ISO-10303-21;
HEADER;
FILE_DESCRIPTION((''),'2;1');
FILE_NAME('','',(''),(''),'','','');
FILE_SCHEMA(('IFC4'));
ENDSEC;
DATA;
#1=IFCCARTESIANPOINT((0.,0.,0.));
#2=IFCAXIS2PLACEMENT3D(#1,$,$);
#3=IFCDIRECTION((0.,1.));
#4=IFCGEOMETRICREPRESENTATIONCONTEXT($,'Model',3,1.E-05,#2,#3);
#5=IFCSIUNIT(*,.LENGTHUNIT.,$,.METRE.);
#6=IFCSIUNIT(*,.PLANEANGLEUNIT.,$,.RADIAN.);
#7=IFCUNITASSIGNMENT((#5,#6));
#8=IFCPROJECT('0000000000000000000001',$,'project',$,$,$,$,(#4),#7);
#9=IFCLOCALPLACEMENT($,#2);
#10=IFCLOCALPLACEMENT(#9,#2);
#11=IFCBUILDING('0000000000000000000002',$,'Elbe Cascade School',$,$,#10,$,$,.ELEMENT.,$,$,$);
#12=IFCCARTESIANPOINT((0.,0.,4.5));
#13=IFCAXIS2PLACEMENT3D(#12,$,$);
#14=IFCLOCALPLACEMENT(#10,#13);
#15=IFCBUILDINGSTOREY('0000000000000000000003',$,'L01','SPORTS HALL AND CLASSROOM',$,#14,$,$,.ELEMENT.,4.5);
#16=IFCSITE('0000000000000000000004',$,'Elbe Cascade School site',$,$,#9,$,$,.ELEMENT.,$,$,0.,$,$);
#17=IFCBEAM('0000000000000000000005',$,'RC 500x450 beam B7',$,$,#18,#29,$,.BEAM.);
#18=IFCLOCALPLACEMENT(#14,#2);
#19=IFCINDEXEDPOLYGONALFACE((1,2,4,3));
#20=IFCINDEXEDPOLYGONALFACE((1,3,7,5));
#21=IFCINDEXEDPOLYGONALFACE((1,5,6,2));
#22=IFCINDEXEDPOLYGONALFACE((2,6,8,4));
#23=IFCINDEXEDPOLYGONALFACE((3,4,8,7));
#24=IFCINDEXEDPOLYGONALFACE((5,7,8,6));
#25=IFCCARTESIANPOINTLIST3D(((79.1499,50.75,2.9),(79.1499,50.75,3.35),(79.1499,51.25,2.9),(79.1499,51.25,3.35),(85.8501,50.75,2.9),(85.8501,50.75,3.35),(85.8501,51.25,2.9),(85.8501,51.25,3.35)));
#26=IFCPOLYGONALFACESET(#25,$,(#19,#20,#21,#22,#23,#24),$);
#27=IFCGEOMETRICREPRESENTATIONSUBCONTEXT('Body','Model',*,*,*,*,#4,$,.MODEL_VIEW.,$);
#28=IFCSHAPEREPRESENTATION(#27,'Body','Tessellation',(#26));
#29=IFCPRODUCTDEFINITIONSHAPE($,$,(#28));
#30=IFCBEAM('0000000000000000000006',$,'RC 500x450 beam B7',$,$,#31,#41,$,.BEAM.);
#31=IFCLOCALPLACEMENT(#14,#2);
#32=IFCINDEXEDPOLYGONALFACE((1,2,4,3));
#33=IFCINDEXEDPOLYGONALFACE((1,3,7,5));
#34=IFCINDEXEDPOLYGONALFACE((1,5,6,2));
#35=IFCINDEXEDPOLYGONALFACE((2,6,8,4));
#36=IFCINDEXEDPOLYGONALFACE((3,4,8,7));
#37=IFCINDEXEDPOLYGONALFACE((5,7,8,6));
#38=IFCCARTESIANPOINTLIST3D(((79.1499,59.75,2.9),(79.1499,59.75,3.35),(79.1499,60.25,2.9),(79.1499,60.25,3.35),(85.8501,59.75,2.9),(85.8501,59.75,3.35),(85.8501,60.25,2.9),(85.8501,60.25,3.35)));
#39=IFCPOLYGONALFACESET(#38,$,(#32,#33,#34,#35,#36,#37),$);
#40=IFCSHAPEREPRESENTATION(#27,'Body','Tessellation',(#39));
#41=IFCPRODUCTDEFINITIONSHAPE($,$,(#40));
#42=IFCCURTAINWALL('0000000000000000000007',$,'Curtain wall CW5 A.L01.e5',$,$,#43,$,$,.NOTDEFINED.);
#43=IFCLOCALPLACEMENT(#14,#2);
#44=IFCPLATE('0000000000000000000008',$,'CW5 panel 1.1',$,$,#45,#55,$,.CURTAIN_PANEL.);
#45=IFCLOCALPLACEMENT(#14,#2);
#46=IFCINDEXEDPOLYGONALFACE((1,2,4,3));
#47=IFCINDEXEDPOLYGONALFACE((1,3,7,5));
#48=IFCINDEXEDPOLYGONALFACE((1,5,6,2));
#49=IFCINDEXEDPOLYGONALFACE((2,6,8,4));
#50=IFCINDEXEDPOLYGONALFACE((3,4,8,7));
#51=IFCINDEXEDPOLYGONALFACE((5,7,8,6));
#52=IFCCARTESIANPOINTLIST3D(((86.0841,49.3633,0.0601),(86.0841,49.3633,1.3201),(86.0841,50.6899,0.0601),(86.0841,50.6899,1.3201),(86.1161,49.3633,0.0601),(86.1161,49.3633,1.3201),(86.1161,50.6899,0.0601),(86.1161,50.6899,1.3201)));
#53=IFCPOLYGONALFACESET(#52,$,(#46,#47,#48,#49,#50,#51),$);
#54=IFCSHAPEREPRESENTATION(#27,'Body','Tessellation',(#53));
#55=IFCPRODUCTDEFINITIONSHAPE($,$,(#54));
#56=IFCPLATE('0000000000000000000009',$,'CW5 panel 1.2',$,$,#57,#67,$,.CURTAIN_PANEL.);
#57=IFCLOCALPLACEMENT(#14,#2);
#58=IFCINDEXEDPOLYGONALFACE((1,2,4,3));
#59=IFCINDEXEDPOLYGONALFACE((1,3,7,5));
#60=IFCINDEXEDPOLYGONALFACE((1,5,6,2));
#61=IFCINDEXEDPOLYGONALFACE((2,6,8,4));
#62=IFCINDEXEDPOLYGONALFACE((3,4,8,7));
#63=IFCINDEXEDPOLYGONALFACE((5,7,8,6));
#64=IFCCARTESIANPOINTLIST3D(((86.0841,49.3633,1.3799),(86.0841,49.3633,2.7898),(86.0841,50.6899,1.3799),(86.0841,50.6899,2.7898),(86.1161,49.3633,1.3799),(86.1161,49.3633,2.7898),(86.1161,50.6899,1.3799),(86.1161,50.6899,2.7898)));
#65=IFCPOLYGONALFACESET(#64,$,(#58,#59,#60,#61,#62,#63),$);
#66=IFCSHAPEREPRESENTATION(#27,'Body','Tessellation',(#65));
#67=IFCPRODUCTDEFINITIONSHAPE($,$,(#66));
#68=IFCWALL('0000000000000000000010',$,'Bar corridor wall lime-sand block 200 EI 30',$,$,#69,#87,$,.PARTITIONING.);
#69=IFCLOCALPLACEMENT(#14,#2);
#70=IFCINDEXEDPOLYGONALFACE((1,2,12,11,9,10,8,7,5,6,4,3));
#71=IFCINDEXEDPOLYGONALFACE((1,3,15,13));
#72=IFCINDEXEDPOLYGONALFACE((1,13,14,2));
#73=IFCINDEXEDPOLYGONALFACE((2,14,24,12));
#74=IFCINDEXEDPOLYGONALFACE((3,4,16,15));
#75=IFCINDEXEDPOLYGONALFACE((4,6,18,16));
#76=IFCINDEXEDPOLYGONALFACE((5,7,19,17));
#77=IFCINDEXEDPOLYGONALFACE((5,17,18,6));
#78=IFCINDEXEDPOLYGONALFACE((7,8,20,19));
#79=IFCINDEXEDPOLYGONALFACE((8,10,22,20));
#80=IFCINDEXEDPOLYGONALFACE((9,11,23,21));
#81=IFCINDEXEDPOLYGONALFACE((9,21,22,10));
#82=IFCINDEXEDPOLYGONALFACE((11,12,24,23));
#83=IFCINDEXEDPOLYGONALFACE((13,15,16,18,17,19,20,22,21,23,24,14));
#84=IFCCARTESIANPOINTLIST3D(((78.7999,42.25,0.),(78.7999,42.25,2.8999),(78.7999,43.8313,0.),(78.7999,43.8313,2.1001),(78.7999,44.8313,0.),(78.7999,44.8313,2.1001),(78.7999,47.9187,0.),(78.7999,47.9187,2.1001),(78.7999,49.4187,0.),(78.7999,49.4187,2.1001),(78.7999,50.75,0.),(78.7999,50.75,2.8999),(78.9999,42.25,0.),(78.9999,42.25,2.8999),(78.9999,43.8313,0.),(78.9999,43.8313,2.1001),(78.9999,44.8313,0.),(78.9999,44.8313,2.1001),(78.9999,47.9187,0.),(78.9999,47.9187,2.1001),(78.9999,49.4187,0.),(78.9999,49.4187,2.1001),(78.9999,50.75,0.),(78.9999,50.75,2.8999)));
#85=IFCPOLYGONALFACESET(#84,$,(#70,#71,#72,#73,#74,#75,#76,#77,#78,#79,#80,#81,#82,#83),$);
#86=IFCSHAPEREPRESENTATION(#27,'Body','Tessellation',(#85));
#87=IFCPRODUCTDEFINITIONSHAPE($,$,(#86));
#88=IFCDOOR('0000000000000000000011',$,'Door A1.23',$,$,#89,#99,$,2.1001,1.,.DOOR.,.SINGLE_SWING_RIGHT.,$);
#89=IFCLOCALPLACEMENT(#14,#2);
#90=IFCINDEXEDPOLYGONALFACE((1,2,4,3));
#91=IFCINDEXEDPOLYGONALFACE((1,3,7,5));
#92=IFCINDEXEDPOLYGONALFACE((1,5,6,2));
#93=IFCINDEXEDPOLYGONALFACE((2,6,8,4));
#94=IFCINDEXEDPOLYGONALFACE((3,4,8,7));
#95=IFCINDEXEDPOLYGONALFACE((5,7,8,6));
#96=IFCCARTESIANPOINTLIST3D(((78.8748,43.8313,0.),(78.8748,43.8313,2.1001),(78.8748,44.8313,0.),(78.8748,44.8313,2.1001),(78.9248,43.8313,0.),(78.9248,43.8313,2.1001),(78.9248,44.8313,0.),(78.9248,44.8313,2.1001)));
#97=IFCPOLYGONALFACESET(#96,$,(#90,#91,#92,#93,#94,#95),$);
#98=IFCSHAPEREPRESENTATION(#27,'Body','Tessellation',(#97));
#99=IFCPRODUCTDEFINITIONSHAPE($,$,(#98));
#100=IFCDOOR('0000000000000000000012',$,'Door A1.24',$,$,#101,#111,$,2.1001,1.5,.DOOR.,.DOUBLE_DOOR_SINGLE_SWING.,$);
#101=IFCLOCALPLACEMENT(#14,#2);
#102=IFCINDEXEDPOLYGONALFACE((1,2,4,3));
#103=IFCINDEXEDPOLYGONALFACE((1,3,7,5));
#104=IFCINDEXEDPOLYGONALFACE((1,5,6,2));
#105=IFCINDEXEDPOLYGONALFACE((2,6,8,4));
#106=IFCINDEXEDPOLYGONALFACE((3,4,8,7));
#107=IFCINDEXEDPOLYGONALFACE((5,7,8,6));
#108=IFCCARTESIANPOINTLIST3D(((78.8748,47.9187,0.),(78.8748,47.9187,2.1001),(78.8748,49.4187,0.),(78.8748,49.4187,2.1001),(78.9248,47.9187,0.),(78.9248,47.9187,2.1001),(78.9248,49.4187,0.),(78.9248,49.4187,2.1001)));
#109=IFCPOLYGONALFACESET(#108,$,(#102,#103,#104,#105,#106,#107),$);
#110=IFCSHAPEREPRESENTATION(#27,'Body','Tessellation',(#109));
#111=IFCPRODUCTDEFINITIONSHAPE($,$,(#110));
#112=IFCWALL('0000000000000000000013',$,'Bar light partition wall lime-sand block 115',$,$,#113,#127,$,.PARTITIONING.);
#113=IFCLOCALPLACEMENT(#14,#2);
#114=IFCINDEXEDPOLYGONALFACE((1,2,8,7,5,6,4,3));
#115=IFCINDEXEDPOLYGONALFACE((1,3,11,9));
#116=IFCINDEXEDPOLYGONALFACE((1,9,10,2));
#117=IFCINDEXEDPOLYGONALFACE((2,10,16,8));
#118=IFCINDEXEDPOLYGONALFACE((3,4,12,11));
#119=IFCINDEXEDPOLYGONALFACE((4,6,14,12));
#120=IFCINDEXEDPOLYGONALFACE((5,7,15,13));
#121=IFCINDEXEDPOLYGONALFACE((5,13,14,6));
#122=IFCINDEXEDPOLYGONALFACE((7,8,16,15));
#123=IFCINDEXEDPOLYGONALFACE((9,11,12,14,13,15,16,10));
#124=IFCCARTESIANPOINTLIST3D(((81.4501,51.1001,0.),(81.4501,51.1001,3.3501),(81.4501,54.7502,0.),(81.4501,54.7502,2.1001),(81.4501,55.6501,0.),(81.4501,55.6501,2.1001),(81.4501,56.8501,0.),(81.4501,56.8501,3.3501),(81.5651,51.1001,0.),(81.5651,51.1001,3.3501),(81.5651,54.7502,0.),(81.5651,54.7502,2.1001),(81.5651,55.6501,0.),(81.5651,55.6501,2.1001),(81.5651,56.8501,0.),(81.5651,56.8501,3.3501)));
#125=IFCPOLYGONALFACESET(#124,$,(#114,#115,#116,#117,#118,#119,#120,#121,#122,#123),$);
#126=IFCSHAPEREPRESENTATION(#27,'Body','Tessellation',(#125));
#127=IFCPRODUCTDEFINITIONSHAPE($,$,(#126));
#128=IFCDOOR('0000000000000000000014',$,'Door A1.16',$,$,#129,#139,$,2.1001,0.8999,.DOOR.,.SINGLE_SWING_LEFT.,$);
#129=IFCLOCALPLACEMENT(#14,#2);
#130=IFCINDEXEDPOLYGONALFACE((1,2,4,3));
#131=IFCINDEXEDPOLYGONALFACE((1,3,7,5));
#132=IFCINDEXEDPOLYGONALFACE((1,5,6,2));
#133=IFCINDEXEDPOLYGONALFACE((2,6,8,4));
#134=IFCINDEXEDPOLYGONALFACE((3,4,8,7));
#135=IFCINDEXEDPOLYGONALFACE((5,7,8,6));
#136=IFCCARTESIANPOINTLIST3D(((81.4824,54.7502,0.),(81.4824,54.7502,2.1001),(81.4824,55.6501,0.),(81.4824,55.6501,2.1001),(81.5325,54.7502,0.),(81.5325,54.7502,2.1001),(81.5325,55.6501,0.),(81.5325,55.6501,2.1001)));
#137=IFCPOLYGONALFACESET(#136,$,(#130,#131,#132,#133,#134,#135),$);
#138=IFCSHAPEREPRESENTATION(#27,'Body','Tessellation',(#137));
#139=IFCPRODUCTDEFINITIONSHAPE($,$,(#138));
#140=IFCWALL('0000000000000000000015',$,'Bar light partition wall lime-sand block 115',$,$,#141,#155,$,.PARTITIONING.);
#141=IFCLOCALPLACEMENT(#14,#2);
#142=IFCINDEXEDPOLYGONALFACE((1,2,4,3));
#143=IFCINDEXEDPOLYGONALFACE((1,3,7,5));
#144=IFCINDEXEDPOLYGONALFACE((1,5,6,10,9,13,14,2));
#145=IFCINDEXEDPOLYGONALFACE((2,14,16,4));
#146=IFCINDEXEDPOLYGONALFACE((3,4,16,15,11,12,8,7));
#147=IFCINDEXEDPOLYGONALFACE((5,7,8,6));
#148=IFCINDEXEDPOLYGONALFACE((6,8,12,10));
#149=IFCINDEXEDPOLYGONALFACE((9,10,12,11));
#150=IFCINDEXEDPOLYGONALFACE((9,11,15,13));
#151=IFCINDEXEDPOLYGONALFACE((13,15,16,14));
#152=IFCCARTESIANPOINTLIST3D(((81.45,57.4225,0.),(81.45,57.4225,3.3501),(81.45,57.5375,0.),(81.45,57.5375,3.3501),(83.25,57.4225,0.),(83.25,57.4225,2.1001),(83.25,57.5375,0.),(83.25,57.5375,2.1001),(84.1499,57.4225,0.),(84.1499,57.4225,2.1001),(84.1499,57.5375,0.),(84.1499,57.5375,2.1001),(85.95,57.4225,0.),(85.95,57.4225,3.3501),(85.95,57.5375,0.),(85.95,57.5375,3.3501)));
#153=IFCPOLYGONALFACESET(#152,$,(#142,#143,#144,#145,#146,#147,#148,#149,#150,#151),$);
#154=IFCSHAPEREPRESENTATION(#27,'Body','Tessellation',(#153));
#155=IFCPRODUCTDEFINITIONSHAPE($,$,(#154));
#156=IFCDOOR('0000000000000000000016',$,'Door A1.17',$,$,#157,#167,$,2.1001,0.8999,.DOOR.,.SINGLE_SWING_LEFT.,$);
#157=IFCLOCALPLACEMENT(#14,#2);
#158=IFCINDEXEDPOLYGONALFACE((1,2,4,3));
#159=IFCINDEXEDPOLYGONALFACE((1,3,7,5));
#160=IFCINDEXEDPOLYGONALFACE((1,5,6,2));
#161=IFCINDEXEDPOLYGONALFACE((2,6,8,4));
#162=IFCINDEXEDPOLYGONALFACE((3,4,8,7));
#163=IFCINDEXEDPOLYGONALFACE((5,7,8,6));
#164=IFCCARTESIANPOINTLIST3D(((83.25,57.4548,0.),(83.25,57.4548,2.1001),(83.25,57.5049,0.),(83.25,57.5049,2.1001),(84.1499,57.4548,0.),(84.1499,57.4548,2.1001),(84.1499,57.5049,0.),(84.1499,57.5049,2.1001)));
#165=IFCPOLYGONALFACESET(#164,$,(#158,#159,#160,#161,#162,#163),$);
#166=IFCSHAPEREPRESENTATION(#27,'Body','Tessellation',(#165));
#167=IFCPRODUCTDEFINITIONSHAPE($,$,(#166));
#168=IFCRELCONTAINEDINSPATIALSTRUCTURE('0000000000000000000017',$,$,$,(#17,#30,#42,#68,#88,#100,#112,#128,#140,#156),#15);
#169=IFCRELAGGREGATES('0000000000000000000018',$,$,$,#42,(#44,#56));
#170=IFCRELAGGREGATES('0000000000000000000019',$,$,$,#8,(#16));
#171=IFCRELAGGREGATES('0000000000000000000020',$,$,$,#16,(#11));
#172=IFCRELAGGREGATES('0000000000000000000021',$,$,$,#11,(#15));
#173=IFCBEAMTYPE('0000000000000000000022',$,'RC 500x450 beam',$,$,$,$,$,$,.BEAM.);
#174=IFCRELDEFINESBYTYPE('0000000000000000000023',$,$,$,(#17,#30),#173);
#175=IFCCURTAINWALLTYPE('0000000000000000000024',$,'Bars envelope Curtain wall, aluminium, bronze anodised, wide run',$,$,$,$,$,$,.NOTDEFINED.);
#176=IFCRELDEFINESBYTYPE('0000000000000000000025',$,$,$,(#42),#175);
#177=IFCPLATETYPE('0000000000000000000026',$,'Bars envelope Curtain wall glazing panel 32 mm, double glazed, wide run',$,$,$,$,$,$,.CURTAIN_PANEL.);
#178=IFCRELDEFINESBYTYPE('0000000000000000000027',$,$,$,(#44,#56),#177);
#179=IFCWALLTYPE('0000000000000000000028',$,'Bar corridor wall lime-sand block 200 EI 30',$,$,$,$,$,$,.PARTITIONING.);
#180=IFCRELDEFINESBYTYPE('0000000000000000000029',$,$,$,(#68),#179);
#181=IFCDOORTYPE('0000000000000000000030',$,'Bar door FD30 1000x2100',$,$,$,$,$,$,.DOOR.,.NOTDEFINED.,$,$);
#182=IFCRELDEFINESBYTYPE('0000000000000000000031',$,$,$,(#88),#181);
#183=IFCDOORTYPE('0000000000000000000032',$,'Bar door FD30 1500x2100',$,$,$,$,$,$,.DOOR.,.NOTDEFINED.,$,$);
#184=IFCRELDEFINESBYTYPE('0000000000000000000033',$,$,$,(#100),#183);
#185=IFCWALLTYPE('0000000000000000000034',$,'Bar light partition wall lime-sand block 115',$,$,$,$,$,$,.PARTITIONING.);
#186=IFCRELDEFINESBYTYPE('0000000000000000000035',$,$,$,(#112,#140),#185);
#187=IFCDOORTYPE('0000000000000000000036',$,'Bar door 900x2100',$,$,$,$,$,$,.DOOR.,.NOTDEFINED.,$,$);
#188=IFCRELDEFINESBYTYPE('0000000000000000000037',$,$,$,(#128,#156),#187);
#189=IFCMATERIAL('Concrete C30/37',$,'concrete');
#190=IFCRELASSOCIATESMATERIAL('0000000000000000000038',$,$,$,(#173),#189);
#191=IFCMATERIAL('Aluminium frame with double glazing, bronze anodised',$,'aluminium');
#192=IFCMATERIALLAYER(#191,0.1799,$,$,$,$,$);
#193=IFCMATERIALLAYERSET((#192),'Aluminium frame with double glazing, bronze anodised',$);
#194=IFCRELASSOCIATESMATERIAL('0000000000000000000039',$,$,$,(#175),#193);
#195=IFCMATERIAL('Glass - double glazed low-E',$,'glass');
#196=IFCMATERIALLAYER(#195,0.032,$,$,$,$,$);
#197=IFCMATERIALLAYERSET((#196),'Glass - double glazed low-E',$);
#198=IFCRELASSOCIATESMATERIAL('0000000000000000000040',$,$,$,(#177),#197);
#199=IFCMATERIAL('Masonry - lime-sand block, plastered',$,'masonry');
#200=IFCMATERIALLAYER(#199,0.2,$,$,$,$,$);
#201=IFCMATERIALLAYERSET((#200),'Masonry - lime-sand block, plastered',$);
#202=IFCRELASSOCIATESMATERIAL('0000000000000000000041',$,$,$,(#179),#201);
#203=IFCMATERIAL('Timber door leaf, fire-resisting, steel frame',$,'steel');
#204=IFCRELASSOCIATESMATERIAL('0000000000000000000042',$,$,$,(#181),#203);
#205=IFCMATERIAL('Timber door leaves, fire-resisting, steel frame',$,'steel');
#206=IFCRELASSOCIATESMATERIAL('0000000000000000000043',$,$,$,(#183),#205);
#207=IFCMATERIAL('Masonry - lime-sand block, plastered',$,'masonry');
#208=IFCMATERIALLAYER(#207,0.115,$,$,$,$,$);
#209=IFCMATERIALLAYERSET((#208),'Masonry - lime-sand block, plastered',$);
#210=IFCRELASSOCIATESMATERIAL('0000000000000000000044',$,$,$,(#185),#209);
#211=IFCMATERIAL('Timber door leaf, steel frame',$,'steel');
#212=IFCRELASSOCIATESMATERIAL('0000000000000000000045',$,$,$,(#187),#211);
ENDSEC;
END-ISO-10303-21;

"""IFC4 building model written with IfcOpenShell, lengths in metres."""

from ifc_helpers import new_model, si_unit, direction, frame, frame_2d, origin, origin_2d, place, context, subcontext, project, spatial, rectangle, extrude, material, layer, layer_set, material_profile, profile_set, type_object, element, fill, aggregate, save


model = new_model("IFC4")

# Units and contexts
model_context = context("Model", 3, precision=1e-05, world=origin(), true_north=direction((0.0, 1.0)))
body_context = subcontext(model_context, "Body", "Model", "MODEL_VIEW")
ifc_project = project(units=[si_unit("LENGTHUNIT", "METRE"), si_unit("PLANEANGLEUNIT", "RADIAN")], contexts=[model_context])

# Site, building, storey
site_placement = place(None, origin())
site = spatial("IfcSite", under=ifc_project, at=site_placement, Name="Elbe Cascade School site", CompositionType="ELEMENT", RefElevation=0.0)
building_placement = place(site_placement, origin())
building = spatial("IfcBuilding", under=site, at=building_placement, Name="Elbe Cascade School", CompositionType="ELEMENT")
storey_placement = place(building_placement, frame((0.0, 0.0, 4.5)))
storey = spatial("IfcBuildingStorey", under=building, at=storey_placement, Name="L01", Description="SPORTS HALL AND CLASSROOM", CompositionType="ELEMENT", Elevation=4.5)

# Beams
ifc_material_1 = material(Name="Concrete C30/37", Category="concrete")
ifc_material_profile = material_profile(ifc_material_1, rectangle(XDim=0.5, YDim=0.45, at=origin_2d()), Name="RC 500x450")
ifc_profile_set = profile_set([ifc_material_profile], Name="Concrete C30/37")
beam_type = type_object("IfcBeamType", Name="RC 500x450 beam", PredefinedType="BEAM", material=ifc_profile_set)
for number, where, z_axis, x_axis, name in (
    (1, (79.1499, 51.0, 3.125), (1.0, 0.0, 0.0), (0.0, 1.0, 0.0), "RC 500x450 beam B7"),
    (2, (79.1499, 60.0, 3.125), (1.0, 0.0, 0.0), (0.0, 1.0, 0.0), "RC 500x450 beam B7"),
):
    element("IfcBeam", number, at=place(storey_placement, frame(where, z_axis=z_axis, x_axis=x_axis)), inside=storey, type_object=beam_type, Name=name, PredefinedType="BEAM", context=body_context, shape_type="SweptSolid", body=[
        extrude(rectangle(XDim=0.5, YDim=0.45, at=origin_2d()), origin(), (0.0, 0.0, 1.0), 6.7002),
    ])

# Curtain wall, plates
ifc_material_2 = material(Name="Aluminium frame with double glazing, bronze anodised", Category="aluminium")
ifc_layer_1 = layer(ifc_material_2, 0.1799)
ifc_layer_set_1 = layer_set([ifc_layer_1], Name="Aluminium frame with double glazing, bronze anodised")
curtain_wall_type = type_object("IfcCurtainWallType", Name="Bars envelope Curtain wall, aluminium, bronze anodised, wide run", PredefinedType="NOTDEFINED", material=ifc_layer_set_1)
curtain_wall_placement = place(storey_placement, origin())
curtain_wall = element("IfcCurtainWall", 3, at=curtain_wall_placement, inside=storey, type_object=curtain_wall_type, Name="Curtain wall CW5 A.L01.e5", PredefinedType="NOTDEFINED")
ifc_material_3 = material(Name="Glass - double glazed low-E", Category="glass")
ifc_layer_2 = layer(ifc_material_3, 0.032)
ifc_layer_set_2 = layer_set([ifc_layer_2], Name="Glass - double glazed low-E")
plate_type = type_object("IfcPlateType", Name="Bars envelope Curtain wall glazing panel 32 mm, double glazed, wide run", PredefinedType="CURTAIN_PANEL", material=ifc_layer_set_2)
plate_1_placement = place(storey_placement, frame((86.1001, 50.0266, 0.0601), z_axis=(0.0, 0.0, 1.0), x_axis=(0.0, -1.0, 0.0)))
plate_1 = element("IfcPlate", 4, at=plate_1_placement, type_object=plate_type, Name="CW5 panel 1.1", PredefinedType="CURTAIN_PANEL", context=body_context, shape_type="SweptSolid", body=[
    extrude(rectangle(XDim=1.3267, YDim=0.032, at=origin_2d()), origin(), (0.0, 0.0, 1.0), 1.26),
])
plate_2_placement = place(storey_placement, frame((86.1001, 50.0266, 1.3799), z_axis=(0.0, 0.0, 1.0), x_axis=(0.0, -1.0, 0.0)))
plate_2 = element("IfcPlate", 5, at=plate_2_placement, type_object=plate_type, Name="CW5 panel 1.2", PredefinedType="CURTAIN_PANEL", context=body_context, shape_type="SweptSolid", body=[
    extrude(rectangle(XDim=1.3267, YDim=0.032, at=origin_2d()), origin(), (0.0, 0.0, 1.0), 1.4099),
])
aggregate(curtain_wall, [plate_1, plate_2])

# Wall, openings, doors
ifc_material_4 = material(Name="Masonry - lime-sand block, plastered", Category="masonry")
ifc_layer_3 = layer(ifc_material_4, 0.2)
ifc_layer_set_3 = layer_set([ifc_layer_3], Name="Masonry - lime-sand block, plastered")
wall_type_1 = type_object("IfcWallType", Name="Bar corridor wall lime-sand block 200 EI 30", PredefinedType="PARTITIONING", material=ifc_layer_set_3)
wall_1_placement = place(storey_placement, frame((78.8999, 50.75, 0.0), z_axis=(0.0, 0.0, 1.0), x_axis=(0.0, -1.0, 0.0)))
wall_1 = element("IfcWall", 6, at=wall_1_placement, inside=storey, type_object=wall_type_1, Name="Bar corridor wall lime-sand block 200 EI 30", PredefinedType="PARTITIONING", context=body_context, shape_type="SweptSolid", body=[
    extrude(rectangle(XDim=8.5, YDim=0.2, at=frame_2d((4.25, 0.0))), origin(), (0.0, 0.0, 1.0), 2.8999),
])
opening_1_placement = place(wall_1_placement, frame((5.9187, 0.0, 0.0)))
opening_1 = element("IfcOpeningElement", 7, at=opening_1_placement, cuts=wall_1, PredefinedType="OPENING", context=body_context, shape_type="SweptSolid", body=[
    extrude(rectangle(XDim=1.0, YDim=2.1001, at=frame_2d((0.5, 1.05))), frame((0.0, 0.1099, 0.0), z_axis=(0.0, -1.0, 0.0), x_axis=(1.0, 0.0, 0.0)), (0.0, 0.0, 1.0), 0.22),
])
opening_2_placement = place(wall_1_placement, frame((1.3313, 0.0, 0.0)))
opening_2 = element("IfcOpeningElement", 8, at=opening_2_placement, cuts=wall_1, PredefinedType="OPENING", context=body_context, shape_type="SweptSolid", body=[
    extrude(rectangle(XDim=1.5, YDim=2.1001, at=frame_2d((0.75, 1.05))), frame((0.0, 0.1099, 0.0), z_axis=(0.0, -1.0, 0.0), x_axis=(1.0, 0.0, 0.0)), (0.0, 0.0, 1.0), 0.22),
])
ifc_material_5 = material(Name="Timber door leaf, fire-resisting, steel frame", Category="steel")
door_type_1 = type_object("IfcDoorType", Name="Bar door FD30 1000x2100", OperationType="NOTDEFINED", PredefinedType="DOOR", material=ifc_material_5)
door_1_placement = place(opening_1_placement, origin())
door_1 = element("IfcDoor", 9, at=door_1_placement, inside=storey, type_object=door_type_1, Name="Door A1.23", OperationType="SINGLE_SWING_RIGHT", OverallHeight=2.1001, OverallWidth=1.0, PredefinedType="DOOR", context=body_context, shape_type="SweptSolid", body=[
    extrude(rectangle(XDim=1.0, YDim=2.1001, at=frame_2d((0.5, 1.05))), frame((0.0, 0.0249, 0.0), z_axis=(0.0, -1.0, 0.0), x_axis=(1.0, 0.0, 0.0)), (0.0, 0.0, 1.0), 0.05),
])
fill(opening_1, door_1)
ifc_material_6 = material(Name="Timber door leaves, fire-resisting, steel frame", Category="steel")
door_type_2 = type_object("IfcDoorType", Name="Bar door FD30 1500x2100", OperationType="NOTDEFINED", PredefinedType="DOOR", material=ifc_material_6)
door_2_placement = place(opening_2_placement, origin())
door_2 = element("IfcDoor", 10, at=door_2_placement, inside=storey, type_object=door_type_2, Name="Door A1.24", OperationType="DOUBLE_DOOR_SINGLE_SWING", OverallHeight=2.1001, OverallWidth=1.5, PredefinedType="DOOR", context=body_context, shape_type="SweptSolid", body=[
    extrude(rectangle(XDim=1.5, YDim=2.1001, at=frame_2d((0.75, 1.05))), frame((0.0, 0.0249, 0.0), z_axis=(0.0, -1.0, 0.0), x_axis=(1.0, 0.0, 0.0)), (0.0, 0.0, 1.0), 0.05),
])
fill(opening_2, door_2)

# Walls, openings, doors
ifc_material_7 = material(Name="Masonry - lime-sand block, plastered", Category="masonry")
ifc_layer_4 = layer(ifc_material_7, 0.115)
ifc_layer_set_4 = layer_set([ifc_layer_4], Name="Masonry - lime-sand block, plastered")
wall_type_2 = type_object("IfcWallType", Name="Bar light partition wall lime-sand block 115", PredefinedType="PARTITIONING", material=ifc_layer_set_4)
wall_2_placement = place(storey_placement, frame((81.5076, 56.8501, 0.0), z_axis=(0.0, 0.0, 1.0), x_axis=(0.0, -1.0, 0.0)))
wall_2 = element("IfcWall", 11, at=wall_2_placement, inside=storey, type_object=wall_type_2, Name="Bar light partition wall lime-sand block 115", PredefinedType="PARTITIONING", context=body_context, shape_type="SweptSolid", body=[
    extrude(rectangle(XDim=5.75, YDim=0.115, at=frame_2d((2.875, 0.0))), origin(), (0.0, 0.0, 1.0), 3.3501),
])
opening_3_placement = place(wall_2_placement, frame((1.2, 0.0, 0.0)))
opening_3 = element("IfcOpeningElement", 12, at=opening_3_placement, cuts=wall_2, PredefinedType="OPENING", context=body_context, shape_type="SweptSolid", body=[
    extrude(rectangle(XDim=0.8999, YDim=2.1001, at=frame_2d((0.45, 1.05))), frame((0.0, 0.0674, 0.0), z_axis=(0.0, -1.0, 0.0), x_axis=(1.0, 0.0, 0.0)), (0.0, 0.0, 1.0), 0.135),
])
ifc_material_8 = material(Name="Timber door leaf, steel frame", Category="steel")
door_type_3 = type_object("IfcDoorType", Name="Bar door 900x2100", OperationType="NOTDEFINED", PredefinedType="DOOR", material=ifc_material_8)
door_3_placement = place(opening_3_placement, origin())
door_3 = element("IfcDoor", 13, at=door_3_placement, inside=storey, type_object=door_type_3, Name="Door A1.16", OperationType="SINGLE_SWING_LEFT", OverallHeight=2.1001, OverallWidth=0.8999, PredefinedType="DOOR", context=body_context, shape_type="SweptSolid", body=[
    extrude(rectangle(XDim=0.8999, YDim=2.1001, at=frame_2d((0.45, 1.05))), frame((0.0, 0.0249, 0.0), z_axis=(0.0, -1.0, 0.0), x_axis=(1.0, 0.0, 0.0)), (0.0, 0.0, 1.0), 0.05),
])
fill(opening_3, door_3)
wall_3_placement = place(storey_placement, frame((81.45, 57.48, 0.0), z_axis=(0.0, 0.0, 1.0), x_axis=(1.0, 0.0, 0.0)))
wall_3 = element("IfcWall", 14, at=wall_3_placement, inside=storey, type_object=wall_type_2, Name="Bar light partition wall lime-sand block 115", PredefinedType="PARTITIONING", context=body_context, shape_type="SweptSolid", body=[
    extrude(rectangle(XDim=4.5, YDim=0.115, at=frame_2d((2.25, 0.0))), origin(), (0.0, 0.0, 1.0), 3.3501),
])
opening_4_placement = place(wall_3_placement, frame((1.8, 0.0, 0.0)))
opening_4 = element("IfcOpeningElement", 15, at=opening_4_placement, cuts=wall_3, PredefinedType="OPENING", context=body_context, shape_type="SweptSolid", body=[
    extrude(rectangle(XDim=0.8999, YDim=2.1001, at=frame_2d((0.45, 1.05))), frame((0.0, 0.0674, 0.0), z_axis=(0.0, -1.0, 0.0), x_axis=(1.0, 0.0, 0.0)), (0.0, 0.0, 1.0), 0.135),
])
door_4_placement = place(opening_4_placement, origin())
door_4 = element("IfcDoor", 16, at=door_4_placement, inside=storey, type_object=door_type_3, Name="Door A1.17", OperationType="SINGLE_SWING_LEFT", OverallHeight=2.1001, OverallWidth=0.8999, PredefinedType="DOOR", context=body_context, shape_type="SweptSolid", body=[
    extrude(rectangle(XDim=0.8999, YDim=2.1001, at=frame_2d((0.45, 1.05))), frame((0.0, 0.0249, 0.0), z_axis=(0.0, -1.0, 0.0), x_axis=(1.0, 0.0, 0.0)), (0.0, 0.0, 1.0), 0.05),
])
fill(opening_4, door_4)

save(model, "model.ifc")
